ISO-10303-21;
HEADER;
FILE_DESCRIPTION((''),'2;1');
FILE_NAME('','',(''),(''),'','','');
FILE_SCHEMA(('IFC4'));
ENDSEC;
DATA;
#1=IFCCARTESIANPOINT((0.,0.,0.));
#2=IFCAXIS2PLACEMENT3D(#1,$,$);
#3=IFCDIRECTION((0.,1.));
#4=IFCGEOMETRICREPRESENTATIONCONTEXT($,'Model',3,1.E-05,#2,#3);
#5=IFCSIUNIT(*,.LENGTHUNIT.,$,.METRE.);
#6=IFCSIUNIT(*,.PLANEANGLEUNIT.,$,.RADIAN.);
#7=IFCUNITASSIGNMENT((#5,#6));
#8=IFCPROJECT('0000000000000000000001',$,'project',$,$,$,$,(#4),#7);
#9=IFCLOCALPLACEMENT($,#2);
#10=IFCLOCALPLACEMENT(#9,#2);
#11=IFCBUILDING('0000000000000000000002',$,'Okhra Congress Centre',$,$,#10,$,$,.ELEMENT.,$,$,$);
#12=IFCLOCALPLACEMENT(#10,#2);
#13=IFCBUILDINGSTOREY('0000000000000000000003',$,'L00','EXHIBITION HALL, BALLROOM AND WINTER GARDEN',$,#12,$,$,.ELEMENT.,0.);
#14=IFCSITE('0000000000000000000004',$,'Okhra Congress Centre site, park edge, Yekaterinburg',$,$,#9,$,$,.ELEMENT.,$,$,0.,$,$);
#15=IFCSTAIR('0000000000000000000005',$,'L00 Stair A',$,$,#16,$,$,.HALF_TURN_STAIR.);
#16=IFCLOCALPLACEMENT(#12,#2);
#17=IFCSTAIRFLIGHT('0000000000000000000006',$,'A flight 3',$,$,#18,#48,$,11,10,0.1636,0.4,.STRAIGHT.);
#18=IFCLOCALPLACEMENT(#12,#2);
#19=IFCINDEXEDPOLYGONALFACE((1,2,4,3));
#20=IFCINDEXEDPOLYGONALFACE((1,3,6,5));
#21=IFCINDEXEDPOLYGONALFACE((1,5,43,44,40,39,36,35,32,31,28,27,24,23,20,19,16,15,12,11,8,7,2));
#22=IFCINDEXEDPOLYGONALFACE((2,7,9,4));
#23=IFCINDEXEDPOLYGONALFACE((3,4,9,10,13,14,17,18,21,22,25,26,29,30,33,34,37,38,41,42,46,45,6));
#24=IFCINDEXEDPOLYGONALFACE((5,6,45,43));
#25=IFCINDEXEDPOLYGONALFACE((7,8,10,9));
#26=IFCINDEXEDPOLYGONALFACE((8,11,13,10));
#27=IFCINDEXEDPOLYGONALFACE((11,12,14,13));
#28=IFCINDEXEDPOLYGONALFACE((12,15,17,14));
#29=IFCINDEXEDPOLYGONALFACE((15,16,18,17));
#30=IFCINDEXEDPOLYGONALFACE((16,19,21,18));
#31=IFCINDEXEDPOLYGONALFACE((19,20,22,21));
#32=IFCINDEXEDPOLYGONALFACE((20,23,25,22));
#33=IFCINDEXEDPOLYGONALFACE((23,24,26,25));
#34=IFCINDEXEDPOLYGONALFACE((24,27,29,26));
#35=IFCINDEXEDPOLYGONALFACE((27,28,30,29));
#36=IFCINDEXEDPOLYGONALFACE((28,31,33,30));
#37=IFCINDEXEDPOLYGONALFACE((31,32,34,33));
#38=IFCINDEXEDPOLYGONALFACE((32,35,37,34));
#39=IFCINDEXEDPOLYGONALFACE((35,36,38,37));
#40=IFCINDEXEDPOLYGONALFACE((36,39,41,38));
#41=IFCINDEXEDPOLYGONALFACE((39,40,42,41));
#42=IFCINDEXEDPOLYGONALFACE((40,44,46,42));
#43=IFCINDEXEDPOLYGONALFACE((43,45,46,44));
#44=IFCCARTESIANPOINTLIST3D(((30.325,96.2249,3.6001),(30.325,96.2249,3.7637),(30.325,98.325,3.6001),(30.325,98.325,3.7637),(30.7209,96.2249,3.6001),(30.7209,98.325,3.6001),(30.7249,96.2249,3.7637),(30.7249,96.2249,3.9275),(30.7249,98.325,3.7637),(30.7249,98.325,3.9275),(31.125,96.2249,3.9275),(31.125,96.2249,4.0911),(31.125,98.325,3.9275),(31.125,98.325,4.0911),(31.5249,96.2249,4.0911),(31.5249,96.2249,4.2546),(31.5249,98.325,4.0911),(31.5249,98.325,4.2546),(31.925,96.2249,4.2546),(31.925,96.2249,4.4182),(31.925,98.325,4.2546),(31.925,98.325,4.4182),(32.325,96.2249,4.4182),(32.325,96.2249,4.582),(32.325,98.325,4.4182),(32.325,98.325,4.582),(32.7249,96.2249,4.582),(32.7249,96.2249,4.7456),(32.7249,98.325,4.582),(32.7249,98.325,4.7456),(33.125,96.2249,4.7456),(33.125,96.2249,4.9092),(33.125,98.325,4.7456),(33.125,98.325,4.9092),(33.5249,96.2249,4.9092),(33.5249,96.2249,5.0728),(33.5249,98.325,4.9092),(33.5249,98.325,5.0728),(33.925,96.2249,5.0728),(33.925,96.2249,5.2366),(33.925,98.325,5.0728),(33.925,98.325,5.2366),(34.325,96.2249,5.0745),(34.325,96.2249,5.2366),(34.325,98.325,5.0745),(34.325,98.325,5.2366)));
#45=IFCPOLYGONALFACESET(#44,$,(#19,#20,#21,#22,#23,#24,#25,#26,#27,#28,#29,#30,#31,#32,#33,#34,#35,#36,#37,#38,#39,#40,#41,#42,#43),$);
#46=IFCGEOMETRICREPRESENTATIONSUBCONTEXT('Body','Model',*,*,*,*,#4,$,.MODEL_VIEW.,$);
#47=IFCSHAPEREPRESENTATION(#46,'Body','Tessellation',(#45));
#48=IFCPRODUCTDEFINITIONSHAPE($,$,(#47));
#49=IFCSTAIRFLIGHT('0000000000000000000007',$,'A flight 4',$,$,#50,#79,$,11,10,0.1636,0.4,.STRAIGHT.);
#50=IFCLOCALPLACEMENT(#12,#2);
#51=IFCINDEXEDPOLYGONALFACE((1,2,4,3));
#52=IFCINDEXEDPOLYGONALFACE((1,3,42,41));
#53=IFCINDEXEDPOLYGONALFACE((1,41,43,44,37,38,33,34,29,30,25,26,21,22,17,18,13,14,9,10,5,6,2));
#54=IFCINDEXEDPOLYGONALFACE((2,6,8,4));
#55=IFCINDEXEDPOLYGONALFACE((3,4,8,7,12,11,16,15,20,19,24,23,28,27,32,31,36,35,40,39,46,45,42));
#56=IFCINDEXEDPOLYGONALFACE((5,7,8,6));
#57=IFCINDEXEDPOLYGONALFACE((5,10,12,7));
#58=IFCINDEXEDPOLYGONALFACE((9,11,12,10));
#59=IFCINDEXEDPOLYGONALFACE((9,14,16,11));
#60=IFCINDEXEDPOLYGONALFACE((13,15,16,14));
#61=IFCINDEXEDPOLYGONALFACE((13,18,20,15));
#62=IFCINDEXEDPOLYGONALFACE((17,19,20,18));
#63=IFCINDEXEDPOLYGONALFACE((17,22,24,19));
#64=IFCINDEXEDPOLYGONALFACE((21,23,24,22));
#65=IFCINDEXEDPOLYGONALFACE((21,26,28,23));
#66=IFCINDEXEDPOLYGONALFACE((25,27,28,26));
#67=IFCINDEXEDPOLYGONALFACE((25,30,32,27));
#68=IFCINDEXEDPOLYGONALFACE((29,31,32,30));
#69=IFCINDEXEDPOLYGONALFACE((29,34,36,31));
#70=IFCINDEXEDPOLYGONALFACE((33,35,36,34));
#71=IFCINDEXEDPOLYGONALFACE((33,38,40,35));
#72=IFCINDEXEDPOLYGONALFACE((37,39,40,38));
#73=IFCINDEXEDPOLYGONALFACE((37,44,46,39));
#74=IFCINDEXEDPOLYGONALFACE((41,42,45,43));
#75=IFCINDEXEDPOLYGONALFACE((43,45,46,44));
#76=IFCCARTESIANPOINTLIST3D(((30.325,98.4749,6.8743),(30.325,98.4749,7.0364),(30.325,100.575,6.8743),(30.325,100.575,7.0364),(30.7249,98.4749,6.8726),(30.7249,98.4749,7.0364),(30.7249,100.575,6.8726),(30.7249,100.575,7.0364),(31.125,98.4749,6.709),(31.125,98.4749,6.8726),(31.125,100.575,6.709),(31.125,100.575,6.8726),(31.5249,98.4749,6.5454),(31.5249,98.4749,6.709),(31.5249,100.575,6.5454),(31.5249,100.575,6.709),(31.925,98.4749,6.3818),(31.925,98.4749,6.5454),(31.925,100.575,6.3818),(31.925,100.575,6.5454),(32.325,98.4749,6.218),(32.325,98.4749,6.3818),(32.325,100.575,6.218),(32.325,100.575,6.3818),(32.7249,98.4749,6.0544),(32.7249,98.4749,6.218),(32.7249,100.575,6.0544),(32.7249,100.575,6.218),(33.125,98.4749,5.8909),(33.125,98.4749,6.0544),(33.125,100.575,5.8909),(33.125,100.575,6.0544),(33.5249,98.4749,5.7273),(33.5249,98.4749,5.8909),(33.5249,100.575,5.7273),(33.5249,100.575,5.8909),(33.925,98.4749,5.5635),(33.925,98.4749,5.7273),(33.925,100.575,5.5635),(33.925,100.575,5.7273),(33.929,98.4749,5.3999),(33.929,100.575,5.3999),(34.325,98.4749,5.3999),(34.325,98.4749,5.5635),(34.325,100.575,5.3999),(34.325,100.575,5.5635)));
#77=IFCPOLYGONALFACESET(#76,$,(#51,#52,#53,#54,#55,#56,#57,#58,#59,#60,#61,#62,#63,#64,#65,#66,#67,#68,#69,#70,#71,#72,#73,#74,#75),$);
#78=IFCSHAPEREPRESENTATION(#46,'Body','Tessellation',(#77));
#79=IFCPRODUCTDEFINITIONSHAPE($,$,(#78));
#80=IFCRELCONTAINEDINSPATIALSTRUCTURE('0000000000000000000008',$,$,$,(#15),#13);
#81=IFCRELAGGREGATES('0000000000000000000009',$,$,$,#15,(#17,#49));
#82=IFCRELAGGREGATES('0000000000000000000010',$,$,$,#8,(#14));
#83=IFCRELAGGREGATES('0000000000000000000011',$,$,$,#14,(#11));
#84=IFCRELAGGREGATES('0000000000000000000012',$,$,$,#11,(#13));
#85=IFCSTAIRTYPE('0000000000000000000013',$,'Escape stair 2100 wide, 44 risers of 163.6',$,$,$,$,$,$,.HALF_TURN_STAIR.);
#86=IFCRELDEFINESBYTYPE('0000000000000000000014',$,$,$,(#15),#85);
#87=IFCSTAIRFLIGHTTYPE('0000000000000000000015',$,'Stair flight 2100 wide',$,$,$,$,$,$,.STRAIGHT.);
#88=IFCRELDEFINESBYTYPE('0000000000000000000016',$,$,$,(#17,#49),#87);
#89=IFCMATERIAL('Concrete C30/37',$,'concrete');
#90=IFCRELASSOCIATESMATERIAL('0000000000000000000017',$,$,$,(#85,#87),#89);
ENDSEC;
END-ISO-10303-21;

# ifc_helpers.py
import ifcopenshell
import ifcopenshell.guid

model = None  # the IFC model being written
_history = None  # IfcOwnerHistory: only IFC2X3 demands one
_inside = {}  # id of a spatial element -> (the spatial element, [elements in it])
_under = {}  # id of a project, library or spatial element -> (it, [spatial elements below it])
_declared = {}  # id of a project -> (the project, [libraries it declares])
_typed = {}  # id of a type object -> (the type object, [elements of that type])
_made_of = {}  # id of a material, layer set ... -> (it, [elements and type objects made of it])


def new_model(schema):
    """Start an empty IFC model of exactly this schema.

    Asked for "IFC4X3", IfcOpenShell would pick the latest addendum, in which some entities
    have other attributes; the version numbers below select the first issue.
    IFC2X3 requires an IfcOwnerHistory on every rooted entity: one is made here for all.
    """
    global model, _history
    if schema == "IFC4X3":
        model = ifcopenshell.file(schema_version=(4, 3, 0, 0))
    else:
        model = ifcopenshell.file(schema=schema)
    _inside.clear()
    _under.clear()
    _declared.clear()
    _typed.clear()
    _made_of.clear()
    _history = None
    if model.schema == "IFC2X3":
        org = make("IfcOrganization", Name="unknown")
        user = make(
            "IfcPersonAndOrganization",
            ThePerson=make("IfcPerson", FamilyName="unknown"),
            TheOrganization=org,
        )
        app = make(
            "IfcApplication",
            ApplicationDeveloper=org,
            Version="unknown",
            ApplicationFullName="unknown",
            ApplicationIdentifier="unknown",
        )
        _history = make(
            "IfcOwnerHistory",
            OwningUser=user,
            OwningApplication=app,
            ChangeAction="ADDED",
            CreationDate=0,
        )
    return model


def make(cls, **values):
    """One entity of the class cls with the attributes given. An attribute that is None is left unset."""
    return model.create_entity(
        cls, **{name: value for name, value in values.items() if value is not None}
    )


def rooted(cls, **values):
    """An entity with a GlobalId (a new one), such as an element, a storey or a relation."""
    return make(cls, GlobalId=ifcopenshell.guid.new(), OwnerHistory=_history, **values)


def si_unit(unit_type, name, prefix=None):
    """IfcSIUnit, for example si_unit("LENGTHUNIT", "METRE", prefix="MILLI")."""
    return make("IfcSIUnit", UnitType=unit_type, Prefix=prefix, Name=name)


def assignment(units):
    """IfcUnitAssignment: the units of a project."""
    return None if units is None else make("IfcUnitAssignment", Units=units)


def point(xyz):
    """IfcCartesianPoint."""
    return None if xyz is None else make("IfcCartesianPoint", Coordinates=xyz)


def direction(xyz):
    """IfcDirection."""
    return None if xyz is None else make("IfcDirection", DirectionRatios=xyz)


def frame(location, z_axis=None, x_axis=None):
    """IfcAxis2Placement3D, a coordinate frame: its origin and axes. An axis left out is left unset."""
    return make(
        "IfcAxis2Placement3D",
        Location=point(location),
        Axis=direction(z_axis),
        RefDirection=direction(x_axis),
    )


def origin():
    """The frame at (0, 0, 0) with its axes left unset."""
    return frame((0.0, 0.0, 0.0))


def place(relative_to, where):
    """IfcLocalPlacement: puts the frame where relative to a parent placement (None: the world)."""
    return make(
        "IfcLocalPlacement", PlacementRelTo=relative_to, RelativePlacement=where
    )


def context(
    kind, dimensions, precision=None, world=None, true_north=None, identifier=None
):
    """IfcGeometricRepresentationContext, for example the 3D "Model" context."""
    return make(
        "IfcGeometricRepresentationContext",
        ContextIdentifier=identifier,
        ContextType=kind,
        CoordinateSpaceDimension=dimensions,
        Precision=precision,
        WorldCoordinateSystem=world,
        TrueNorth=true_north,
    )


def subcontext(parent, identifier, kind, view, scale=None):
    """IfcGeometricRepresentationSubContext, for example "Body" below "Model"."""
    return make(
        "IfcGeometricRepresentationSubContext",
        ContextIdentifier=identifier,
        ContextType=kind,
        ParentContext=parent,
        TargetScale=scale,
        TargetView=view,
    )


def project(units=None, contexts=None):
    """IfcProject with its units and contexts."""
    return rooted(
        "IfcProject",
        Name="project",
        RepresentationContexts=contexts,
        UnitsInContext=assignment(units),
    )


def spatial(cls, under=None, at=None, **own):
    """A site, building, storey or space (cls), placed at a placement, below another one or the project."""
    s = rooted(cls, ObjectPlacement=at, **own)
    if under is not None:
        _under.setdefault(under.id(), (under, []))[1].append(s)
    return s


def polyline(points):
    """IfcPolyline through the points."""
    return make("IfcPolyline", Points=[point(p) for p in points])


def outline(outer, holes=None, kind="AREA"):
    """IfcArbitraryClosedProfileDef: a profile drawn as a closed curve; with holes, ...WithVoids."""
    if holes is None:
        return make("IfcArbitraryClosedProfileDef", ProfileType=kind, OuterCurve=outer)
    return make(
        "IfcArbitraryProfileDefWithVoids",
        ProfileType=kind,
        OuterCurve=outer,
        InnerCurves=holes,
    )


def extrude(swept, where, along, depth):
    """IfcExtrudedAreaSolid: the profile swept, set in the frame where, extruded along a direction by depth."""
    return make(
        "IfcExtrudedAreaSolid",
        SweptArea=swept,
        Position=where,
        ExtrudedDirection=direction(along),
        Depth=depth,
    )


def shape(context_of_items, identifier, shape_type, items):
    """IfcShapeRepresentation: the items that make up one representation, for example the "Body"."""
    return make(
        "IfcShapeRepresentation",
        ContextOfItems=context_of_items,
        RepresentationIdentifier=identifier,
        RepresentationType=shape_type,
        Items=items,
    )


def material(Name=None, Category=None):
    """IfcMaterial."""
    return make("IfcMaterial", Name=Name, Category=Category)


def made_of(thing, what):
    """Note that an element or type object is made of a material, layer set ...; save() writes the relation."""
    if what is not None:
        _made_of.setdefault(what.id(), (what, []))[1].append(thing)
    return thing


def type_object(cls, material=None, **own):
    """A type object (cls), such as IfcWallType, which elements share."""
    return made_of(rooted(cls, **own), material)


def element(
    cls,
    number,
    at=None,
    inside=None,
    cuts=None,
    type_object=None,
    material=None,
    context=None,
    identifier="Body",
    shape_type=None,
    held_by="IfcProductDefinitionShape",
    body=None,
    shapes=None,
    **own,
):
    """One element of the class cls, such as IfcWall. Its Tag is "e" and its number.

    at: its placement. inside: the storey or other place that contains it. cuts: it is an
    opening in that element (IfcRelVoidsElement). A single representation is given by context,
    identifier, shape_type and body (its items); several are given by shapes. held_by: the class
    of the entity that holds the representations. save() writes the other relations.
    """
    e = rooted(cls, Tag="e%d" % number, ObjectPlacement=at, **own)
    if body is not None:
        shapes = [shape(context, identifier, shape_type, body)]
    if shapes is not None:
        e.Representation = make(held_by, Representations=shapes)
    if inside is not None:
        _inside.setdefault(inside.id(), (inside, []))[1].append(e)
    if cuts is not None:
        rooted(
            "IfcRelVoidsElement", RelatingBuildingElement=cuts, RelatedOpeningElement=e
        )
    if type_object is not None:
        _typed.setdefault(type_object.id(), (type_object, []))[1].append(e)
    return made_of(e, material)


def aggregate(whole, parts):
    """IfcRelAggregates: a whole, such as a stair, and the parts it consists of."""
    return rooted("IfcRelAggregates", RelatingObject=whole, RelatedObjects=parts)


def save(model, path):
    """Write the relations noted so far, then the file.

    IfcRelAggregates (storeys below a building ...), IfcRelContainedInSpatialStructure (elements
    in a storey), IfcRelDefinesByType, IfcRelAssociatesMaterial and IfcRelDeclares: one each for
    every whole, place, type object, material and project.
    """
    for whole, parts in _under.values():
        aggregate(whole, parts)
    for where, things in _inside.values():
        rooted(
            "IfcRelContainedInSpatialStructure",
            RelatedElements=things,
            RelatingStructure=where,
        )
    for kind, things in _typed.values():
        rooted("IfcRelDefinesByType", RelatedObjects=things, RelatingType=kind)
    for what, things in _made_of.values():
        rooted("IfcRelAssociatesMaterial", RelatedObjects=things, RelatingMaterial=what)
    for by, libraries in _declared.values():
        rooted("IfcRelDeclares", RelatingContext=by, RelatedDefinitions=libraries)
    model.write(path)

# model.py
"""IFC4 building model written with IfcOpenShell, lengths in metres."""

from ifc_helpers import new_model, si_unit, direction, frame, origin, place, context, subcontext, project, spatial, polyline, outline, extrude, material, type_object, element, aggregate, save


model = new_model("IFC4")

# Units and contexts
model_context = context("Model", 3, precision=1e-05, world=origin(), true_north=direction((0.0, 1.0)))
body_context = subcontext(model_context, "Body", "Model", "MODEL_VIEW")
ifc_project = project(units=[si_unit("LENGTHUNIT", "METRE"), si_unit("PLANEANGLEUNIT", "RADIAN")], contexts=[model_context])

# Site, building, storey
site_placement = place(None, origin())
site = spatial("IfcSite", under=ifc_project, at=site_placement, Name="Okhra Congress Centre site, park edge, Yekaterinburg", CompositionType="ELEMENT", RefElevation=0.0)
building_placement = place(site_placement, origin())
building = spatial("IfcBuilding", under=site, at=building_placement, Name="Okhra Congress Centre", CompositionType="ELEMENT")
storey_placement = place(building_placement, origin())
storey = spatial("IfcBuildingStorey", under=building, at=storey_placement, Name="L00", Description="EXHIBITION HALL, BALLROOM AND WINTER GARDEN", CompositionType="ELEMENT", Elevation=0.0)

# Shared definitions
ifc_material_1 = material(Name="Concrete C30/37", Category="concrete")

# Stair, stair flights
stair_type = type_object("IfcStairType", Name="Escape stair 2100 wide, 44 risers of 163.6", PredefinedType="HALF_TURN_STAIR", material=ifc_material_1)
stair_placement = place(storey_placement, origin())
stair = element("IfcStair", 1, at=stair_placement, inside=storey, type_object=stair_type, Name="L00 Stair A", PredefinedType="HALF_TURN_STAIR")
stair_flight_type = type_object("IfcStairFlightType", Name="Stair flight 2100 wide", PredefinedType="STRAIGHT", material=ifc_material_1)
stair_flight_1_placement = place(storey_placement, frame((30.325, 97.2749, 3.6001), z_axis=(0.0, 0.0, 1.0), x_axis=(1.0, 0.0, 0.0)))
stair_flight_1 = element("IfcStairFlight", 2, at=stair_flight_1_placement, type_object=stair_flight_type, Name="A flight 3", NumberOfRisers=11, NumberOfTreads=10, PredefinedType="STRAIGHT", RiserHeight=0.1636, TreadLength=0.4, context=body_context, shape_type="SweptSolid", body=[
    extrude(outline(polyline([(0.0, 0.0), (0.0, 0.1636), (0.3999, 0.1636), (0.3999, 0.3274), (0.8, 0.3274), (0.8, 0.491), (1.2, 0.491), (1.2, 0.6545), (1.6001, 0.6545), (1.6001, 0.8181), (2.0, 0.8181), (2.0, 0.9819), (2.3999, 0.9819), (2.3999, 1.1455), (2.8, 1.1455), (2.8, 1.3091), (3.2, 1.3091), (3.2, 1.4727), (3.6001, 1.4727), (3.6001, 1.6365), (4.0, 1.6365), (4.0, 1.8), (4.0, 1.4744), (0.396, 0.0), (0.0, 0.0)])), frame((0.0, 1.05, 0.0), z_axis=(0.0, -1.0, 0.0), x_axis=(1.0, 0.0, 0.0)), (0.0, 0.0, 1.0), 2.1001),
])
stair_flight_2_placement = place(storey_placement, frame((34.325, 99.5249, 5.3999), z_axis=(0.0, 0.0, 1.0), x_axis=(-1.0, 0.0, 0.0)))
stair_flight_2 = element("IfcStairFlight", 3, at=stair_flight_2_placement, type_object=stair_flight_type, Name="A flight 4", NumberOfRisers=11, NumberOfTreads=10, PredefinedType="STRAIGHT", RiserHeight=0.1636, TreadLength=0.4, context=body_context, shape_type="SweptSolid", body=[
    extrude(outline(polyline([(0.0, 0.0), (0.0, 0.1636), (0.3999, 0.1636), (0.3999, 0.3274), (0.8, 0.3274), (0.8, 0.491), (1.2, 0.491), (1.2, 0.6545), (1.6001, 0.6545), (1.6001, 0.8181), (2.0, 0.8181), (2.0, 0.9819), (2.3999, 0.9819), (2.3999, 1.1455), (2.8, 1.1455), (2.8, 1.3091), (3.2, 1.3091), (3.2, 1.4727), (3.6001, 1.4727), (3.6001, 1.6365), (4.0, 1.6365), (4.0, 1.8), (4.0, 1.4744), (0.396, 0.0), (0.0, 0.0)])), frame((0.0, 1.05, 0.0), z_axis=(0.0, -1.0, 0.0), x_axis=(1.0, 0.0, 0.0)), (0.0, 0.0, 1.0), 2.1001),
])
aggregate(stair, [stair_flight_1, stair_flight_2])

save(model, "model.ifc")
